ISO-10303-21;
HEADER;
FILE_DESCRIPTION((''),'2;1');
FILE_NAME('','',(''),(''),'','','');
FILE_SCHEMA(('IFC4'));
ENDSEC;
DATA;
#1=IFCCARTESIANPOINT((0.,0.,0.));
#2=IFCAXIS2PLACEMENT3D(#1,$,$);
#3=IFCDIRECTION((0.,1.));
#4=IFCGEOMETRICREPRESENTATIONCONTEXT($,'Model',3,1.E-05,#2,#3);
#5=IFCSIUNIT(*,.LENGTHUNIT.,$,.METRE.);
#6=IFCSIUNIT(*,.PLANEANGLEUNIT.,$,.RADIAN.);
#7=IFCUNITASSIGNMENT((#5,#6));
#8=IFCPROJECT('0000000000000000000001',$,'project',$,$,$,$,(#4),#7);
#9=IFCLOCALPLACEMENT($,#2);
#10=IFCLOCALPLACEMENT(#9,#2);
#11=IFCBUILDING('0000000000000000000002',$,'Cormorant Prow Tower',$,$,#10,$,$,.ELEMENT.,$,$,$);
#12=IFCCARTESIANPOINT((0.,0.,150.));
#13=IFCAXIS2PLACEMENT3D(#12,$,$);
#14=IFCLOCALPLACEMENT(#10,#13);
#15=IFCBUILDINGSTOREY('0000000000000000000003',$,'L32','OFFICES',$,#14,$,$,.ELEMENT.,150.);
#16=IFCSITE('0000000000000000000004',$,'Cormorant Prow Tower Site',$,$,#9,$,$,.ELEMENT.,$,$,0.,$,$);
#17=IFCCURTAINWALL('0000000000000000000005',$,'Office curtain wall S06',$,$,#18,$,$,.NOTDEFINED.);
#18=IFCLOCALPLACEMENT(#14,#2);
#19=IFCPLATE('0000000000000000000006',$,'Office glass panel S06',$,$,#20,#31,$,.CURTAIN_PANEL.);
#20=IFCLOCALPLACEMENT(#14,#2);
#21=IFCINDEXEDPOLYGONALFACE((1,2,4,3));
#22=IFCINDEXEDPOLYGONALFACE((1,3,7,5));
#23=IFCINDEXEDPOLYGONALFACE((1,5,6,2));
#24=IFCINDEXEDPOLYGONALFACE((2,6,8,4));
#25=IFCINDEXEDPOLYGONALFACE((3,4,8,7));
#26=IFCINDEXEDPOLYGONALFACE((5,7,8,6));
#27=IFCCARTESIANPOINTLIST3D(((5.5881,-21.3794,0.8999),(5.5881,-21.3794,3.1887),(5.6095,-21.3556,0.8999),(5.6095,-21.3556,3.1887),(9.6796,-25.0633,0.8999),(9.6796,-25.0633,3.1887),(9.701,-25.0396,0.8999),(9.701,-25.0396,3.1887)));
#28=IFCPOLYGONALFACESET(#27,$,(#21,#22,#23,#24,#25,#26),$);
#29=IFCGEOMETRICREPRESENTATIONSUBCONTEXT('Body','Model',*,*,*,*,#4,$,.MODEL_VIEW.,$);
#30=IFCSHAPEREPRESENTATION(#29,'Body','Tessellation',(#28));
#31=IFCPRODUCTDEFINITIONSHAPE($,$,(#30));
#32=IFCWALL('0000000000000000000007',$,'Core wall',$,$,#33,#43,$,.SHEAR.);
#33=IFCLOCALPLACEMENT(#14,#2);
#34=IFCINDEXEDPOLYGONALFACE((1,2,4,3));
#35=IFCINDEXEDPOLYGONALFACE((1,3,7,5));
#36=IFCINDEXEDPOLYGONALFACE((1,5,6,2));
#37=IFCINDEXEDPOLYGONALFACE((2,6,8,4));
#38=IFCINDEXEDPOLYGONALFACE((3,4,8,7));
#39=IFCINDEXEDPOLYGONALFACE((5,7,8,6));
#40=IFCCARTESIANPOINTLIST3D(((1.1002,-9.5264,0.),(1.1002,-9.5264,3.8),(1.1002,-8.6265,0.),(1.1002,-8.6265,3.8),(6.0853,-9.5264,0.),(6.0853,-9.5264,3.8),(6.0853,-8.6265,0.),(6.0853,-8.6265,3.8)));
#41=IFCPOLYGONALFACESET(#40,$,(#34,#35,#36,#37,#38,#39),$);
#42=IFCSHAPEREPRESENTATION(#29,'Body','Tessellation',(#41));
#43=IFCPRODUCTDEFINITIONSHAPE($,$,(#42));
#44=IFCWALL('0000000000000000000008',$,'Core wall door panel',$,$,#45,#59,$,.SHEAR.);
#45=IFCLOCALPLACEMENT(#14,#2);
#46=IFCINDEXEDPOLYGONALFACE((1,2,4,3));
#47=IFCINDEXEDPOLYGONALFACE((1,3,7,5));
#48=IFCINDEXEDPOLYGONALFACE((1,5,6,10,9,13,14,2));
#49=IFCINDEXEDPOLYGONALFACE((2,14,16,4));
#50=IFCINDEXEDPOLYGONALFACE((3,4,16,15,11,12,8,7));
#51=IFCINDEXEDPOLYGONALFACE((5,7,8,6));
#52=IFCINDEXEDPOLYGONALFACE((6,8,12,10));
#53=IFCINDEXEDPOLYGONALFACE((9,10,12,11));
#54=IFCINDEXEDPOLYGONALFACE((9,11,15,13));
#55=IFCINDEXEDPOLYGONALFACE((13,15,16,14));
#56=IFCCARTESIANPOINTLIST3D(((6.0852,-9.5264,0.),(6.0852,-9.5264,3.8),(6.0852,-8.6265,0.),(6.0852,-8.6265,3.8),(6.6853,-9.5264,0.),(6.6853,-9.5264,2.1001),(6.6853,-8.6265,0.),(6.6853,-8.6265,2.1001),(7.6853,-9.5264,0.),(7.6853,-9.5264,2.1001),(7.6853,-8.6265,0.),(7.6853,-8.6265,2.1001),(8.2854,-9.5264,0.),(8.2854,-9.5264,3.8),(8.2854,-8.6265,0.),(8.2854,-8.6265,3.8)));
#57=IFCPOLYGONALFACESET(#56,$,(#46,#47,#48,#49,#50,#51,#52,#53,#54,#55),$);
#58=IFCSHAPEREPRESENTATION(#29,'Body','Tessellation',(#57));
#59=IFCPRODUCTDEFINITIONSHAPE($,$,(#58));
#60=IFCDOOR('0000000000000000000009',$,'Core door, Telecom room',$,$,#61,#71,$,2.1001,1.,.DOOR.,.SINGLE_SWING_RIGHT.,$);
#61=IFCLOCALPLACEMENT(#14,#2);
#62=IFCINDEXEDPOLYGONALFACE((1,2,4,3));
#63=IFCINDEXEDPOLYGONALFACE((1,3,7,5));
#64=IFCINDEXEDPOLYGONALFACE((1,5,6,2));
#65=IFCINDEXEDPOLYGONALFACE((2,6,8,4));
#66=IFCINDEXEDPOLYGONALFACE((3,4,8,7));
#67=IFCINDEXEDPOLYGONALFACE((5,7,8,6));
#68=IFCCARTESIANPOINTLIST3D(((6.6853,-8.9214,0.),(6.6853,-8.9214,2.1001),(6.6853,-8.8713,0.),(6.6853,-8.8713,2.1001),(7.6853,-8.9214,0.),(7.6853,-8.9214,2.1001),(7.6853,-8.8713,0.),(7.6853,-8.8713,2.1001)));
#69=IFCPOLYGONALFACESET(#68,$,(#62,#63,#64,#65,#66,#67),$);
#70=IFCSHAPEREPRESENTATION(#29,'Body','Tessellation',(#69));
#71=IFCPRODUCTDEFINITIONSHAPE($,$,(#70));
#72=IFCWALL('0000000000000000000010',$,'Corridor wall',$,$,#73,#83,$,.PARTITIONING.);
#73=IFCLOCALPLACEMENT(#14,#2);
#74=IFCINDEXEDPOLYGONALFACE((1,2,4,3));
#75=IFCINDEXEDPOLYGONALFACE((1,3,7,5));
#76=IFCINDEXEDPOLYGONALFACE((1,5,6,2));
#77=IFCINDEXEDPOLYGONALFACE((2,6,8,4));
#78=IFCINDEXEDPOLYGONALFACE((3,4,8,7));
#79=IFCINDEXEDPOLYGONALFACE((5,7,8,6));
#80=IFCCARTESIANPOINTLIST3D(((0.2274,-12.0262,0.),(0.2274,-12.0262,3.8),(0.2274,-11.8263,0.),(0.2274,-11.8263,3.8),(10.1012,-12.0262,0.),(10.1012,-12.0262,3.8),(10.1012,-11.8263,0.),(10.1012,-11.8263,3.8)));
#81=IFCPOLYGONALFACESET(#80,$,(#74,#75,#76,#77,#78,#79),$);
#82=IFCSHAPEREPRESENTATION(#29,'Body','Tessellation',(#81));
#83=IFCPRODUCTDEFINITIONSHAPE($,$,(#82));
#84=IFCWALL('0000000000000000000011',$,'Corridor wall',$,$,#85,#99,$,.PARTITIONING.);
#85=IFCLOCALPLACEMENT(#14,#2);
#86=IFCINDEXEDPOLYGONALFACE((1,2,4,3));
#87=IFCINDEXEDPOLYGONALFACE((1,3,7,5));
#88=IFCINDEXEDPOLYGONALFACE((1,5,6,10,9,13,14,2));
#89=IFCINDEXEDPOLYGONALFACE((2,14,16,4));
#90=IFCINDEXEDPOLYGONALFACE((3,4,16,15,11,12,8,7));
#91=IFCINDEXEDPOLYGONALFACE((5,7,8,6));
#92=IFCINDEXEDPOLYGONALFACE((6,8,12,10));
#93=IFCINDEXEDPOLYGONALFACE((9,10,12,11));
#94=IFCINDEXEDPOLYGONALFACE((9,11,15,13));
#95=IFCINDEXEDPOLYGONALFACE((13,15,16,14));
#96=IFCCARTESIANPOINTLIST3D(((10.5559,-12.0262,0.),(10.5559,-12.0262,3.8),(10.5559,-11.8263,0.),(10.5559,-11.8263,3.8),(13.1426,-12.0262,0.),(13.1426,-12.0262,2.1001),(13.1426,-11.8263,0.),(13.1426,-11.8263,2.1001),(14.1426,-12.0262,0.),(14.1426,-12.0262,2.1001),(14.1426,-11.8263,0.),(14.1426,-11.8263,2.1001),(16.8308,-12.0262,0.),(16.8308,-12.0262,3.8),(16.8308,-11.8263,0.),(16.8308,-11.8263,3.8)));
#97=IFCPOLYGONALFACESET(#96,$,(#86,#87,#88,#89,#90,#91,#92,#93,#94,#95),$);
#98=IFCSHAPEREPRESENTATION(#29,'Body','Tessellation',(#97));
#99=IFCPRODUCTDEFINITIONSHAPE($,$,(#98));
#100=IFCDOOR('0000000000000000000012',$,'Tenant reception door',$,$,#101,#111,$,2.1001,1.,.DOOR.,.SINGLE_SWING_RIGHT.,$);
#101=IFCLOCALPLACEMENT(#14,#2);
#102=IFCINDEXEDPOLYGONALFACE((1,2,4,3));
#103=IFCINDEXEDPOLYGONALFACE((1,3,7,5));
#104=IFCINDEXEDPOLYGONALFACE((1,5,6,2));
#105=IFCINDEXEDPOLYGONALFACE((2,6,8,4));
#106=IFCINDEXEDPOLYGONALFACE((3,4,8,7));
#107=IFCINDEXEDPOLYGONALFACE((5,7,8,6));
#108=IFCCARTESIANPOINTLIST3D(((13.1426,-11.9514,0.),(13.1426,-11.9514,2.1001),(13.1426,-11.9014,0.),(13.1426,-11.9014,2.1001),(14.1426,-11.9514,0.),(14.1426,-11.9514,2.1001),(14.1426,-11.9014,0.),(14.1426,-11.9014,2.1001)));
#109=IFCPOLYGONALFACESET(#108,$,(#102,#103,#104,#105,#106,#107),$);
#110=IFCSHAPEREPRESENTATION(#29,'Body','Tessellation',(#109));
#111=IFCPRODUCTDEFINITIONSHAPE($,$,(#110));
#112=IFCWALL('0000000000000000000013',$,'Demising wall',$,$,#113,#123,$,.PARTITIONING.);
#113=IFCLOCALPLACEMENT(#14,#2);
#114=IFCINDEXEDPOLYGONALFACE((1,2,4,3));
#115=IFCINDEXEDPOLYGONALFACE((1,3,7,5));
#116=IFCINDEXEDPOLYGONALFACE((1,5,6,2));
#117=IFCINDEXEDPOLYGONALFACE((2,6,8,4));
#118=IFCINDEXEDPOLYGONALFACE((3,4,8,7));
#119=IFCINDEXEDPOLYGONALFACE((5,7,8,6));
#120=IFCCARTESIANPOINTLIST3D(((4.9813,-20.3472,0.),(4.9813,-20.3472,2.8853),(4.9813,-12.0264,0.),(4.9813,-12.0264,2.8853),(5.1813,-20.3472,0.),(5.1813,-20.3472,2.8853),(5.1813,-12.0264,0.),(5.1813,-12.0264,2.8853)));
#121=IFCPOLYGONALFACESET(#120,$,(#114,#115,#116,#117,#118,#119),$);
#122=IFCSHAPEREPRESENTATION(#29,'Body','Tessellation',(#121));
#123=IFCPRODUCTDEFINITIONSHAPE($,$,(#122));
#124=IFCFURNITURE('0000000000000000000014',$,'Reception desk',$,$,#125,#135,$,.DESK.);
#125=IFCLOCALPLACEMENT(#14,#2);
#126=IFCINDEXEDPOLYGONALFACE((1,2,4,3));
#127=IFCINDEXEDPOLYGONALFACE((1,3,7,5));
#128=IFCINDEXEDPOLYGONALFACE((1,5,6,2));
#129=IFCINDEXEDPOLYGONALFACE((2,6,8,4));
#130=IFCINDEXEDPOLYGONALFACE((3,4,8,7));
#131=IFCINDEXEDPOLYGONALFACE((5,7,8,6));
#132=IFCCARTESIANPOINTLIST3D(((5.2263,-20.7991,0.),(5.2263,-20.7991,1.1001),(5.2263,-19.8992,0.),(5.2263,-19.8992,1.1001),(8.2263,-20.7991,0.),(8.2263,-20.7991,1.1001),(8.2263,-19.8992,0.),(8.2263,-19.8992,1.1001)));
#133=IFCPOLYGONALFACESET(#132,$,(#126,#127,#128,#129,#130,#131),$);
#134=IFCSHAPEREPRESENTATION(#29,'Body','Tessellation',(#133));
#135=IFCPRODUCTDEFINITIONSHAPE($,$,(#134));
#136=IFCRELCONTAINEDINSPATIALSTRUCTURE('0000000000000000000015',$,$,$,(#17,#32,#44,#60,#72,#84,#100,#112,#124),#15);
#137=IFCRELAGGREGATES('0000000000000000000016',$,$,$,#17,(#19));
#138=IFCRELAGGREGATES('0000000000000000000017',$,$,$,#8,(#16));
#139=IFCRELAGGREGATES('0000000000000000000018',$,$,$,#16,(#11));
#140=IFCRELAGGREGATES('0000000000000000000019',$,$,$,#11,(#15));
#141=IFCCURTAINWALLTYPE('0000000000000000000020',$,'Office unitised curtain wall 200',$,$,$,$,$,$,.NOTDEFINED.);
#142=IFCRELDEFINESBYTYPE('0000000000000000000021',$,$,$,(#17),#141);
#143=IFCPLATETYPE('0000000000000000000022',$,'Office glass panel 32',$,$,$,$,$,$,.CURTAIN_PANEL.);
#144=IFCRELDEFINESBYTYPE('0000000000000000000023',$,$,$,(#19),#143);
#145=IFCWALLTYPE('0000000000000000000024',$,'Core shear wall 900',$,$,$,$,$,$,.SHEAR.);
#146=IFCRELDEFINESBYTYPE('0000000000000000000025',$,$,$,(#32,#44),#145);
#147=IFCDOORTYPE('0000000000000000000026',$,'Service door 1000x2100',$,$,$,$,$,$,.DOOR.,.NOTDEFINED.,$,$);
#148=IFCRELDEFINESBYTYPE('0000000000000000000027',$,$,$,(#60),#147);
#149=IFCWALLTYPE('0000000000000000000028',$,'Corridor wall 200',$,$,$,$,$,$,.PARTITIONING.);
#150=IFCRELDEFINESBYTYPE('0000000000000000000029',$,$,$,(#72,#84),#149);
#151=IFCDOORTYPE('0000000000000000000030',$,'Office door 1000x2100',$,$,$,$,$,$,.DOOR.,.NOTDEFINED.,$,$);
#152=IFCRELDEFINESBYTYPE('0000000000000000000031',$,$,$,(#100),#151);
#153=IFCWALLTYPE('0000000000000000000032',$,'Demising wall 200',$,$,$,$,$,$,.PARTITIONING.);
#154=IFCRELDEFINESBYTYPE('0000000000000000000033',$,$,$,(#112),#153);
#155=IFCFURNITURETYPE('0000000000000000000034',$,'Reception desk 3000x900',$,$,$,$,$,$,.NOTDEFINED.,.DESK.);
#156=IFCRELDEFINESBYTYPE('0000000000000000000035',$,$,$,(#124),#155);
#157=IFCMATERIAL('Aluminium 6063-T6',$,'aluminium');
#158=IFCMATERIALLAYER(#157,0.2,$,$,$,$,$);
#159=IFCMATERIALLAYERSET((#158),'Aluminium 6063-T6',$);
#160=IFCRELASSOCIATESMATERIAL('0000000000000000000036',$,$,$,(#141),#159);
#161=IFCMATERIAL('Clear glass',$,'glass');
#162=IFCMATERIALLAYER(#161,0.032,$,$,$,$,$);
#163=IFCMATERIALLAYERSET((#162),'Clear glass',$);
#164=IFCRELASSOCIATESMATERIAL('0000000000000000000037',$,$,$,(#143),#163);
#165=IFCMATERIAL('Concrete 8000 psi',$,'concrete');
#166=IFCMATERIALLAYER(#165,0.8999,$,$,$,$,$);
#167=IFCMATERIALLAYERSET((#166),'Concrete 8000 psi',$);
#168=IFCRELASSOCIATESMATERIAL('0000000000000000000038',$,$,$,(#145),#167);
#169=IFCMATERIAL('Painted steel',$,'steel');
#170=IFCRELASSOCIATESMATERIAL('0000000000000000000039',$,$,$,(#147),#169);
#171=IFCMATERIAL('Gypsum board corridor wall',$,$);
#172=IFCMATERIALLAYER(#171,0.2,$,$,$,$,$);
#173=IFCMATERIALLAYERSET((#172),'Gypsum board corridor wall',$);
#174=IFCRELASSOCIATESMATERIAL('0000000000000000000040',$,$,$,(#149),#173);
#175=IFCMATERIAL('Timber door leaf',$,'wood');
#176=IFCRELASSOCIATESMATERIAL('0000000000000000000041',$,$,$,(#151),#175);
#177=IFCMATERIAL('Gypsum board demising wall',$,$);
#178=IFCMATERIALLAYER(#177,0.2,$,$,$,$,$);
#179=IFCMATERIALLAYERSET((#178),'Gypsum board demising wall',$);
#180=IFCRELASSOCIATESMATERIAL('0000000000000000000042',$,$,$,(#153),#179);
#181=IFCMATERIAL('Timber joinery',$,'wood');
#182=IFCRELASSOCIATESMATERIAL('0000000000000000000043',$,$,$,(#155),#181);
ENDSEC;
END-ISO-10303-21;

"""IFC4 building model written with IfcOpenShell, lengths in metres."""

from ifc_helpers import new_model, si_unit, direction, frame, frame_2d, origin, origin_2d, place, context, subcontext, project, spatial, rectangle, extrude, material, layer, layer_set, type_object, element, fill, aggregate, save


model = new_model("IFC4")

# Units and contexts
model_context = context("Model", 3, precision=1e-05, world=origin(), true_north=direction((0.0, 1.0)))
body_context = subcontext(model_context, "Body", "Model", "MODEL_VIEW")
ifc_project = project(units=[si_unit("LENGTHUNIT", "METRE"), si_unit("PLANEANGLEUNIT", "RADIAN")], contexts=[model_context])

# Site, building, storey
site_placement = place(None, origin())
site = spatial("IfcSite", under=ifc_project, at=site_placement, Name="Cormorant Prow Tower Site", CompositionType="ELEMENT", RefElevation=0.0)
building_placement = place(site_placement, origin())
building = spatial("IfcBuilding", under=site, at=building_placement, Name="Cormorant Prow Tower", CompositionType="ELEMENT")
storey_placement = place(building_placement, frame((0.0, 0.0, 150.0)))
storey = spatial("IfcBuildingStorey", under=building, at=storey_placement, Name="L32", Description="OFFICES", CompositionType="ELEMENT", Elevation=150.0)

# Curtain wall
ifc_material_1 = material(Name="Aluminium 6063-T6", Category="aluminium")
ifc_layer_1 = layer(ifc_material_1, 0.2)
ifc_layer_set_1 = layer_set([ifc_layer_1], Name="Aluminium 6063-T6")
curtain_wall_type = type_object("IfcCurtainWallType", Name="Office unitised curtain wall 200", PredefinedType="NOTDEFINED", material=ifc_layer_set_1)
curtain_wall_placement = place(storey_placement, origin())
curtain_wall = element("IfcCurtainWall", 1, at=curtain_wall_placement, inside=storey, type_object=curtain_wall_type, Name="Office curtain wall S06", PredefinedType="NOTDEFINED")

# Plate
ifc_material_2 = material(Name="Clear glass", Category="glass")
ifc_layer_2 = layer(ifc_material_2, 0.032)
ifc_layer_set_2 = layer_set([ifc_layer_2], Name="Clear glass")
plate_type = type_object("IfcPlateType", Name="Office glass panel 32", PredefinedType="CURTAIN_PANEL", material=ifc_layer_set_2)
plate_placement = place(storey_placement, frame((7.6445, -23.2095, 0.8999), z_axis=(0.0, 0.0, 1.0), x_axis=(0.743145, -0.669131, 0.0)))
plate = element("IfcPlate", 2, at=plate_placement, type_object=plate_type, Name="Office glass panel S06", PredefinedType="CURTAIN_PANEL", context=body_context, shape_type="SweptSolid", body=[
    extrude(rectangle(XDim=5.5056, YDim=0.032, at=origin_2d()), origin(), (0.0, 0.0, 1.0), 2.2888),
])
aggregate(curtain_wall, [plate])

# Wall
ifc_material_3 = material(Name="Concrete 8000 psi", Category="concrete")
ifc_layer_3 = layer(ifc_material_3, 0.8999)
ifc_layer_set_3 = layer_set([ifc_layer_3], Name="Concrete 8000 psi")
wall_type_1 = type_object("IfcWallType", Name="Core shear wall 900", PredefinedType="SHEAR", material=ifc_layer_set_3)
wall_1_placement = place(storey_placement, frame((1.1001, -9.0764, 0.0), z_axis=(0.0, 0.0, 1.0), x_axis=(1.0, 0.0, 0.0)))
element("IfcWall", 3, at=wall_1_placement, inside=storey, type_object=wall_type_1, Name="Core wall", PredefinedType="SHEAR", context=body_context, shape_type="SweptSolid", body=[
    extrude(rectangle(XDim=4.9851, YDim=0.8999, at=frame_2d((2.4927, 0.0))), origin(), (0.0, 0.0, 1.0), 3.8),
])

# Wall, opening, door
wall_2_placement = place(storey_placement, frame((6.0852, -9.0764, 0.0), z_axis=(0.0, 0.0, 1.0), x_axis=(1.0, 0.0, 0.0)))
wall_2 = element("IfcWall", 4, at=wall_2_placement, inside=storey, type_object=wall_type_1, Name="Core wall door panel", PredefinedType="SHEAR", context=body_context, shape_type="SweptSolid", body=[
    extrude(rectangle(XDim=2.2002, YDim=0.8999, at=frame_2d((1.1001, 0.0))), origin(), (0.0, 0.0, 1.0), 3.8),
])
opening_1_placement = place(wall_2_placement, frame((0.6001, 0.0, 0.0)))
opening_1 = element("IfcOpeningElement", 5, at=opening_1_placement, cuts=wall_2, PredefinedType="OPENING", context=body_context, shape_type="SweptSolid", body=[
    extrude(rectangle(XDim=1.0, YDim=2.1001, at=frame_2d((0.5, 1.05))), frame((0.0, 0.46, 0.0), z_axis=(0.0, -1.0, 0.0), x_axis=(1.0, 0.0, 0.0)), (0.0, 0.0, 1.0), 0.9199),
])
ifc_material_4 = material(Name="Painted steel", Category="steel")
door_type_1 = type_object("IfcDoorType", Name="Service door 1000x2100", OperationType="NOTDEFINED", PredefinedType="DOOR", material=ifc_material_4)
door_1_placement = place(opening_1_placement, origin())
door_1 = element("IfcDoor", 6, at=door_1_placement, inside=storey, type_object=door_type_1, Name="Core door, Telecom room", OperationType="SINGLE_SWING_RIGHT", OverallHeight=2.1001, OverallWidth=1.0, PredefinedType="DOOR", context=body_context, shape_type="SweptSolid", body=[
    extrude(rectangle(XDim=1.0, YDim=2.1001, at=frame_2d((0.5, 1.05))), frame((0.0, 0.2051, 0.0), z_axis=(0.0, -1.0, 0.0), x_axis=(1.0, 0.0, 0.0)), (0.0, 0.0, 1.0), 0.05),
])
fill(opening_1, door_1)

# Wall
ifc_material_5 = material(Name="Gypsum board corridor wall")
ifc_layer_4 = layer(ifc_material_5, 0.2)
ifc_layer_set_4 = layer_set([ifc_layer_4], Name="Gypsum board corridor wall")
wall_type_2 = type_object("IfcWallType", Name="Corridor wall 200", PredefinedType="PARTITIONING", material=ifc_layer_set_4)
wall_3_placement = place(storey_placement, frame((0.2273, -11.9263, 0.0), z_axis=(0.0, 0.0, 1.0), x_axis=(1.0, 0.0, 0.0)))
element("IfcWall", 7, at=wall_3_placement, inside=storey, type_object=wall_type_2, Name="Corridor wall", PredefinedType="PARTITIONING", context=body_context, shape_type="SweptSolid", body=[
    extrude(rectangle(XDim=9.8738, YDim=0.2, at=frame_2d((4.937, 0.0))), origin(), (0.0, 0.0, 1.0), 3.8),
])

# Wall, opening, door
wall_4_placement = place(storey_placement, frame((10.5559, -11.9263, 0.0), z_axis=(0.0, 0.0, 1.0), x_axis=(1.0, 0.0, 0.0)))
wall_4 = element("IfcWall", 8, at=wall_4_placement, inside=storey, type_object=wall_type_2, Name="Corridor wall", PredefinedType="PARTITIONING", context=body_context, shape_type="SweptSolid", body=[
    extrude(rectangle(XDim=6.2749, YDim=0.2, at=frame_2d((3.1375, 0.0))), origin(), (0.0, 0.0, 1.0), 3.8),
])
opening_2_placement = place(wall_4_placement, frame((2.5867, 0.0, 0.0)))
opening_2 = element("IfcOpeningElement", 9, at=opening_2_placement, cuts=wall_4, PredefinedType="OPENING", context=body_context, shape_type="SweptSolid", body=[
    extrude(rectangle(XDim=1.0, YDim=2.1001, at=frame_2d((0.5, 1.05))), frame((0.0, 0.1099, 0.0), z_axis=(0.0, -1.0, 0.0), x_axis=(1.0, 0.0, 0.0)), (0.0, 0.0, 1.0), 0.22),
])
ifc_material_6 = material(Name="Timber door leaf", Category="wood")
door_type_2 = type_object("IfcDoorType", Name="Office door 1000x2100", OperationType="NOTDEFINED", PredefinedType="DOOR", material=ifc_material_6)
door_2_placement = place(opening_2_placement, origin())
door_2 = element("IfcDoor", 10, at=door_2_placement, inside=storey, type_object=door_type_2, Name="Tenant reception door", OperationType="SINGLE_SWING_RIGHT", OverallHeight=2.1001, OverallWidth=1.0, PredefinedType="DOOR", context=body_context, shape_type="SweptSolid", body=[
    extrude(rectangle(XDim=1.0, YDim=2.1001, at=frame_2d((0.5, 1.05))), frame((0.0, 0.0249, 0.0), z_axis=(0.0, -1.0, 0.0), x_axis=(1.0, 0.0, 0.0)), (0.0, 0.0, 1.0), 0.05),
])
fill(opening_2, door_2)

# Wall
ifc_material_7 = material(Name="Gypsum board demising wall")
ifc_layer_5 = layer(ifc_material_7, 0.2)
ifc_layer_set_5 = layer_set([ifc_layer_5], Name="Gypsum board demising wall")
wall_type_3 = type_object("IfcWallType", Name="Demising wall 200", PredefinedType="PARTITIONING", material=ifc_layer_set_5)
wall_5_placement = place(storey_placement, frame((5.0813, -20.3472, 0.0), z_axis=(0.0, 0.0, 1.0), x_axis=(0.0, 1.0, 0.0)))
element("IfcWall", 11, at=wall_5_placement, inside=storey, type_object=wall_type_3, Name="Demising wall", PredefinedType="PARTITIONING", context=body_context, shape_type="SweptSolid", body=[
    extrude(rectangle(XDim=8.3208, YDim=0.2, at=frame_2d((4.1604, 0.0))), origin(), (0.0, 0.0, 1.0), 2.8853),
])

# Furniture
ifc_material_8 = material(Name="Timber joinery", Category="wood")
furniture_type = type_object("IfcFurnitureType", Name="Reception desk 3000x900", AssemblyPlace="NOTDEFINED", PredefinedType="DESK", material=ifc_material_8)
furniture_placement = place(storey_placement, frame((6.7263, -20.3491, 0.0), z_axis=(0.0, 0.0, 1.0), x_axis=(1.0, 0.0, 0.0)))
element("IfcFurniture", 12, at=furniture_placement, inside=storey, type_object=furniture_type, Name="Reception desk", PredefinedType="DESK", context=body_context, shape_type="SweptSolid", body=[
    extrude(rectangle(XDim=3.0, YDim=0.8999, at=origin_2d()), origin(), (0.0, 0.0, 1.0), 1.1001),
])

save(model, "model.ifc")
